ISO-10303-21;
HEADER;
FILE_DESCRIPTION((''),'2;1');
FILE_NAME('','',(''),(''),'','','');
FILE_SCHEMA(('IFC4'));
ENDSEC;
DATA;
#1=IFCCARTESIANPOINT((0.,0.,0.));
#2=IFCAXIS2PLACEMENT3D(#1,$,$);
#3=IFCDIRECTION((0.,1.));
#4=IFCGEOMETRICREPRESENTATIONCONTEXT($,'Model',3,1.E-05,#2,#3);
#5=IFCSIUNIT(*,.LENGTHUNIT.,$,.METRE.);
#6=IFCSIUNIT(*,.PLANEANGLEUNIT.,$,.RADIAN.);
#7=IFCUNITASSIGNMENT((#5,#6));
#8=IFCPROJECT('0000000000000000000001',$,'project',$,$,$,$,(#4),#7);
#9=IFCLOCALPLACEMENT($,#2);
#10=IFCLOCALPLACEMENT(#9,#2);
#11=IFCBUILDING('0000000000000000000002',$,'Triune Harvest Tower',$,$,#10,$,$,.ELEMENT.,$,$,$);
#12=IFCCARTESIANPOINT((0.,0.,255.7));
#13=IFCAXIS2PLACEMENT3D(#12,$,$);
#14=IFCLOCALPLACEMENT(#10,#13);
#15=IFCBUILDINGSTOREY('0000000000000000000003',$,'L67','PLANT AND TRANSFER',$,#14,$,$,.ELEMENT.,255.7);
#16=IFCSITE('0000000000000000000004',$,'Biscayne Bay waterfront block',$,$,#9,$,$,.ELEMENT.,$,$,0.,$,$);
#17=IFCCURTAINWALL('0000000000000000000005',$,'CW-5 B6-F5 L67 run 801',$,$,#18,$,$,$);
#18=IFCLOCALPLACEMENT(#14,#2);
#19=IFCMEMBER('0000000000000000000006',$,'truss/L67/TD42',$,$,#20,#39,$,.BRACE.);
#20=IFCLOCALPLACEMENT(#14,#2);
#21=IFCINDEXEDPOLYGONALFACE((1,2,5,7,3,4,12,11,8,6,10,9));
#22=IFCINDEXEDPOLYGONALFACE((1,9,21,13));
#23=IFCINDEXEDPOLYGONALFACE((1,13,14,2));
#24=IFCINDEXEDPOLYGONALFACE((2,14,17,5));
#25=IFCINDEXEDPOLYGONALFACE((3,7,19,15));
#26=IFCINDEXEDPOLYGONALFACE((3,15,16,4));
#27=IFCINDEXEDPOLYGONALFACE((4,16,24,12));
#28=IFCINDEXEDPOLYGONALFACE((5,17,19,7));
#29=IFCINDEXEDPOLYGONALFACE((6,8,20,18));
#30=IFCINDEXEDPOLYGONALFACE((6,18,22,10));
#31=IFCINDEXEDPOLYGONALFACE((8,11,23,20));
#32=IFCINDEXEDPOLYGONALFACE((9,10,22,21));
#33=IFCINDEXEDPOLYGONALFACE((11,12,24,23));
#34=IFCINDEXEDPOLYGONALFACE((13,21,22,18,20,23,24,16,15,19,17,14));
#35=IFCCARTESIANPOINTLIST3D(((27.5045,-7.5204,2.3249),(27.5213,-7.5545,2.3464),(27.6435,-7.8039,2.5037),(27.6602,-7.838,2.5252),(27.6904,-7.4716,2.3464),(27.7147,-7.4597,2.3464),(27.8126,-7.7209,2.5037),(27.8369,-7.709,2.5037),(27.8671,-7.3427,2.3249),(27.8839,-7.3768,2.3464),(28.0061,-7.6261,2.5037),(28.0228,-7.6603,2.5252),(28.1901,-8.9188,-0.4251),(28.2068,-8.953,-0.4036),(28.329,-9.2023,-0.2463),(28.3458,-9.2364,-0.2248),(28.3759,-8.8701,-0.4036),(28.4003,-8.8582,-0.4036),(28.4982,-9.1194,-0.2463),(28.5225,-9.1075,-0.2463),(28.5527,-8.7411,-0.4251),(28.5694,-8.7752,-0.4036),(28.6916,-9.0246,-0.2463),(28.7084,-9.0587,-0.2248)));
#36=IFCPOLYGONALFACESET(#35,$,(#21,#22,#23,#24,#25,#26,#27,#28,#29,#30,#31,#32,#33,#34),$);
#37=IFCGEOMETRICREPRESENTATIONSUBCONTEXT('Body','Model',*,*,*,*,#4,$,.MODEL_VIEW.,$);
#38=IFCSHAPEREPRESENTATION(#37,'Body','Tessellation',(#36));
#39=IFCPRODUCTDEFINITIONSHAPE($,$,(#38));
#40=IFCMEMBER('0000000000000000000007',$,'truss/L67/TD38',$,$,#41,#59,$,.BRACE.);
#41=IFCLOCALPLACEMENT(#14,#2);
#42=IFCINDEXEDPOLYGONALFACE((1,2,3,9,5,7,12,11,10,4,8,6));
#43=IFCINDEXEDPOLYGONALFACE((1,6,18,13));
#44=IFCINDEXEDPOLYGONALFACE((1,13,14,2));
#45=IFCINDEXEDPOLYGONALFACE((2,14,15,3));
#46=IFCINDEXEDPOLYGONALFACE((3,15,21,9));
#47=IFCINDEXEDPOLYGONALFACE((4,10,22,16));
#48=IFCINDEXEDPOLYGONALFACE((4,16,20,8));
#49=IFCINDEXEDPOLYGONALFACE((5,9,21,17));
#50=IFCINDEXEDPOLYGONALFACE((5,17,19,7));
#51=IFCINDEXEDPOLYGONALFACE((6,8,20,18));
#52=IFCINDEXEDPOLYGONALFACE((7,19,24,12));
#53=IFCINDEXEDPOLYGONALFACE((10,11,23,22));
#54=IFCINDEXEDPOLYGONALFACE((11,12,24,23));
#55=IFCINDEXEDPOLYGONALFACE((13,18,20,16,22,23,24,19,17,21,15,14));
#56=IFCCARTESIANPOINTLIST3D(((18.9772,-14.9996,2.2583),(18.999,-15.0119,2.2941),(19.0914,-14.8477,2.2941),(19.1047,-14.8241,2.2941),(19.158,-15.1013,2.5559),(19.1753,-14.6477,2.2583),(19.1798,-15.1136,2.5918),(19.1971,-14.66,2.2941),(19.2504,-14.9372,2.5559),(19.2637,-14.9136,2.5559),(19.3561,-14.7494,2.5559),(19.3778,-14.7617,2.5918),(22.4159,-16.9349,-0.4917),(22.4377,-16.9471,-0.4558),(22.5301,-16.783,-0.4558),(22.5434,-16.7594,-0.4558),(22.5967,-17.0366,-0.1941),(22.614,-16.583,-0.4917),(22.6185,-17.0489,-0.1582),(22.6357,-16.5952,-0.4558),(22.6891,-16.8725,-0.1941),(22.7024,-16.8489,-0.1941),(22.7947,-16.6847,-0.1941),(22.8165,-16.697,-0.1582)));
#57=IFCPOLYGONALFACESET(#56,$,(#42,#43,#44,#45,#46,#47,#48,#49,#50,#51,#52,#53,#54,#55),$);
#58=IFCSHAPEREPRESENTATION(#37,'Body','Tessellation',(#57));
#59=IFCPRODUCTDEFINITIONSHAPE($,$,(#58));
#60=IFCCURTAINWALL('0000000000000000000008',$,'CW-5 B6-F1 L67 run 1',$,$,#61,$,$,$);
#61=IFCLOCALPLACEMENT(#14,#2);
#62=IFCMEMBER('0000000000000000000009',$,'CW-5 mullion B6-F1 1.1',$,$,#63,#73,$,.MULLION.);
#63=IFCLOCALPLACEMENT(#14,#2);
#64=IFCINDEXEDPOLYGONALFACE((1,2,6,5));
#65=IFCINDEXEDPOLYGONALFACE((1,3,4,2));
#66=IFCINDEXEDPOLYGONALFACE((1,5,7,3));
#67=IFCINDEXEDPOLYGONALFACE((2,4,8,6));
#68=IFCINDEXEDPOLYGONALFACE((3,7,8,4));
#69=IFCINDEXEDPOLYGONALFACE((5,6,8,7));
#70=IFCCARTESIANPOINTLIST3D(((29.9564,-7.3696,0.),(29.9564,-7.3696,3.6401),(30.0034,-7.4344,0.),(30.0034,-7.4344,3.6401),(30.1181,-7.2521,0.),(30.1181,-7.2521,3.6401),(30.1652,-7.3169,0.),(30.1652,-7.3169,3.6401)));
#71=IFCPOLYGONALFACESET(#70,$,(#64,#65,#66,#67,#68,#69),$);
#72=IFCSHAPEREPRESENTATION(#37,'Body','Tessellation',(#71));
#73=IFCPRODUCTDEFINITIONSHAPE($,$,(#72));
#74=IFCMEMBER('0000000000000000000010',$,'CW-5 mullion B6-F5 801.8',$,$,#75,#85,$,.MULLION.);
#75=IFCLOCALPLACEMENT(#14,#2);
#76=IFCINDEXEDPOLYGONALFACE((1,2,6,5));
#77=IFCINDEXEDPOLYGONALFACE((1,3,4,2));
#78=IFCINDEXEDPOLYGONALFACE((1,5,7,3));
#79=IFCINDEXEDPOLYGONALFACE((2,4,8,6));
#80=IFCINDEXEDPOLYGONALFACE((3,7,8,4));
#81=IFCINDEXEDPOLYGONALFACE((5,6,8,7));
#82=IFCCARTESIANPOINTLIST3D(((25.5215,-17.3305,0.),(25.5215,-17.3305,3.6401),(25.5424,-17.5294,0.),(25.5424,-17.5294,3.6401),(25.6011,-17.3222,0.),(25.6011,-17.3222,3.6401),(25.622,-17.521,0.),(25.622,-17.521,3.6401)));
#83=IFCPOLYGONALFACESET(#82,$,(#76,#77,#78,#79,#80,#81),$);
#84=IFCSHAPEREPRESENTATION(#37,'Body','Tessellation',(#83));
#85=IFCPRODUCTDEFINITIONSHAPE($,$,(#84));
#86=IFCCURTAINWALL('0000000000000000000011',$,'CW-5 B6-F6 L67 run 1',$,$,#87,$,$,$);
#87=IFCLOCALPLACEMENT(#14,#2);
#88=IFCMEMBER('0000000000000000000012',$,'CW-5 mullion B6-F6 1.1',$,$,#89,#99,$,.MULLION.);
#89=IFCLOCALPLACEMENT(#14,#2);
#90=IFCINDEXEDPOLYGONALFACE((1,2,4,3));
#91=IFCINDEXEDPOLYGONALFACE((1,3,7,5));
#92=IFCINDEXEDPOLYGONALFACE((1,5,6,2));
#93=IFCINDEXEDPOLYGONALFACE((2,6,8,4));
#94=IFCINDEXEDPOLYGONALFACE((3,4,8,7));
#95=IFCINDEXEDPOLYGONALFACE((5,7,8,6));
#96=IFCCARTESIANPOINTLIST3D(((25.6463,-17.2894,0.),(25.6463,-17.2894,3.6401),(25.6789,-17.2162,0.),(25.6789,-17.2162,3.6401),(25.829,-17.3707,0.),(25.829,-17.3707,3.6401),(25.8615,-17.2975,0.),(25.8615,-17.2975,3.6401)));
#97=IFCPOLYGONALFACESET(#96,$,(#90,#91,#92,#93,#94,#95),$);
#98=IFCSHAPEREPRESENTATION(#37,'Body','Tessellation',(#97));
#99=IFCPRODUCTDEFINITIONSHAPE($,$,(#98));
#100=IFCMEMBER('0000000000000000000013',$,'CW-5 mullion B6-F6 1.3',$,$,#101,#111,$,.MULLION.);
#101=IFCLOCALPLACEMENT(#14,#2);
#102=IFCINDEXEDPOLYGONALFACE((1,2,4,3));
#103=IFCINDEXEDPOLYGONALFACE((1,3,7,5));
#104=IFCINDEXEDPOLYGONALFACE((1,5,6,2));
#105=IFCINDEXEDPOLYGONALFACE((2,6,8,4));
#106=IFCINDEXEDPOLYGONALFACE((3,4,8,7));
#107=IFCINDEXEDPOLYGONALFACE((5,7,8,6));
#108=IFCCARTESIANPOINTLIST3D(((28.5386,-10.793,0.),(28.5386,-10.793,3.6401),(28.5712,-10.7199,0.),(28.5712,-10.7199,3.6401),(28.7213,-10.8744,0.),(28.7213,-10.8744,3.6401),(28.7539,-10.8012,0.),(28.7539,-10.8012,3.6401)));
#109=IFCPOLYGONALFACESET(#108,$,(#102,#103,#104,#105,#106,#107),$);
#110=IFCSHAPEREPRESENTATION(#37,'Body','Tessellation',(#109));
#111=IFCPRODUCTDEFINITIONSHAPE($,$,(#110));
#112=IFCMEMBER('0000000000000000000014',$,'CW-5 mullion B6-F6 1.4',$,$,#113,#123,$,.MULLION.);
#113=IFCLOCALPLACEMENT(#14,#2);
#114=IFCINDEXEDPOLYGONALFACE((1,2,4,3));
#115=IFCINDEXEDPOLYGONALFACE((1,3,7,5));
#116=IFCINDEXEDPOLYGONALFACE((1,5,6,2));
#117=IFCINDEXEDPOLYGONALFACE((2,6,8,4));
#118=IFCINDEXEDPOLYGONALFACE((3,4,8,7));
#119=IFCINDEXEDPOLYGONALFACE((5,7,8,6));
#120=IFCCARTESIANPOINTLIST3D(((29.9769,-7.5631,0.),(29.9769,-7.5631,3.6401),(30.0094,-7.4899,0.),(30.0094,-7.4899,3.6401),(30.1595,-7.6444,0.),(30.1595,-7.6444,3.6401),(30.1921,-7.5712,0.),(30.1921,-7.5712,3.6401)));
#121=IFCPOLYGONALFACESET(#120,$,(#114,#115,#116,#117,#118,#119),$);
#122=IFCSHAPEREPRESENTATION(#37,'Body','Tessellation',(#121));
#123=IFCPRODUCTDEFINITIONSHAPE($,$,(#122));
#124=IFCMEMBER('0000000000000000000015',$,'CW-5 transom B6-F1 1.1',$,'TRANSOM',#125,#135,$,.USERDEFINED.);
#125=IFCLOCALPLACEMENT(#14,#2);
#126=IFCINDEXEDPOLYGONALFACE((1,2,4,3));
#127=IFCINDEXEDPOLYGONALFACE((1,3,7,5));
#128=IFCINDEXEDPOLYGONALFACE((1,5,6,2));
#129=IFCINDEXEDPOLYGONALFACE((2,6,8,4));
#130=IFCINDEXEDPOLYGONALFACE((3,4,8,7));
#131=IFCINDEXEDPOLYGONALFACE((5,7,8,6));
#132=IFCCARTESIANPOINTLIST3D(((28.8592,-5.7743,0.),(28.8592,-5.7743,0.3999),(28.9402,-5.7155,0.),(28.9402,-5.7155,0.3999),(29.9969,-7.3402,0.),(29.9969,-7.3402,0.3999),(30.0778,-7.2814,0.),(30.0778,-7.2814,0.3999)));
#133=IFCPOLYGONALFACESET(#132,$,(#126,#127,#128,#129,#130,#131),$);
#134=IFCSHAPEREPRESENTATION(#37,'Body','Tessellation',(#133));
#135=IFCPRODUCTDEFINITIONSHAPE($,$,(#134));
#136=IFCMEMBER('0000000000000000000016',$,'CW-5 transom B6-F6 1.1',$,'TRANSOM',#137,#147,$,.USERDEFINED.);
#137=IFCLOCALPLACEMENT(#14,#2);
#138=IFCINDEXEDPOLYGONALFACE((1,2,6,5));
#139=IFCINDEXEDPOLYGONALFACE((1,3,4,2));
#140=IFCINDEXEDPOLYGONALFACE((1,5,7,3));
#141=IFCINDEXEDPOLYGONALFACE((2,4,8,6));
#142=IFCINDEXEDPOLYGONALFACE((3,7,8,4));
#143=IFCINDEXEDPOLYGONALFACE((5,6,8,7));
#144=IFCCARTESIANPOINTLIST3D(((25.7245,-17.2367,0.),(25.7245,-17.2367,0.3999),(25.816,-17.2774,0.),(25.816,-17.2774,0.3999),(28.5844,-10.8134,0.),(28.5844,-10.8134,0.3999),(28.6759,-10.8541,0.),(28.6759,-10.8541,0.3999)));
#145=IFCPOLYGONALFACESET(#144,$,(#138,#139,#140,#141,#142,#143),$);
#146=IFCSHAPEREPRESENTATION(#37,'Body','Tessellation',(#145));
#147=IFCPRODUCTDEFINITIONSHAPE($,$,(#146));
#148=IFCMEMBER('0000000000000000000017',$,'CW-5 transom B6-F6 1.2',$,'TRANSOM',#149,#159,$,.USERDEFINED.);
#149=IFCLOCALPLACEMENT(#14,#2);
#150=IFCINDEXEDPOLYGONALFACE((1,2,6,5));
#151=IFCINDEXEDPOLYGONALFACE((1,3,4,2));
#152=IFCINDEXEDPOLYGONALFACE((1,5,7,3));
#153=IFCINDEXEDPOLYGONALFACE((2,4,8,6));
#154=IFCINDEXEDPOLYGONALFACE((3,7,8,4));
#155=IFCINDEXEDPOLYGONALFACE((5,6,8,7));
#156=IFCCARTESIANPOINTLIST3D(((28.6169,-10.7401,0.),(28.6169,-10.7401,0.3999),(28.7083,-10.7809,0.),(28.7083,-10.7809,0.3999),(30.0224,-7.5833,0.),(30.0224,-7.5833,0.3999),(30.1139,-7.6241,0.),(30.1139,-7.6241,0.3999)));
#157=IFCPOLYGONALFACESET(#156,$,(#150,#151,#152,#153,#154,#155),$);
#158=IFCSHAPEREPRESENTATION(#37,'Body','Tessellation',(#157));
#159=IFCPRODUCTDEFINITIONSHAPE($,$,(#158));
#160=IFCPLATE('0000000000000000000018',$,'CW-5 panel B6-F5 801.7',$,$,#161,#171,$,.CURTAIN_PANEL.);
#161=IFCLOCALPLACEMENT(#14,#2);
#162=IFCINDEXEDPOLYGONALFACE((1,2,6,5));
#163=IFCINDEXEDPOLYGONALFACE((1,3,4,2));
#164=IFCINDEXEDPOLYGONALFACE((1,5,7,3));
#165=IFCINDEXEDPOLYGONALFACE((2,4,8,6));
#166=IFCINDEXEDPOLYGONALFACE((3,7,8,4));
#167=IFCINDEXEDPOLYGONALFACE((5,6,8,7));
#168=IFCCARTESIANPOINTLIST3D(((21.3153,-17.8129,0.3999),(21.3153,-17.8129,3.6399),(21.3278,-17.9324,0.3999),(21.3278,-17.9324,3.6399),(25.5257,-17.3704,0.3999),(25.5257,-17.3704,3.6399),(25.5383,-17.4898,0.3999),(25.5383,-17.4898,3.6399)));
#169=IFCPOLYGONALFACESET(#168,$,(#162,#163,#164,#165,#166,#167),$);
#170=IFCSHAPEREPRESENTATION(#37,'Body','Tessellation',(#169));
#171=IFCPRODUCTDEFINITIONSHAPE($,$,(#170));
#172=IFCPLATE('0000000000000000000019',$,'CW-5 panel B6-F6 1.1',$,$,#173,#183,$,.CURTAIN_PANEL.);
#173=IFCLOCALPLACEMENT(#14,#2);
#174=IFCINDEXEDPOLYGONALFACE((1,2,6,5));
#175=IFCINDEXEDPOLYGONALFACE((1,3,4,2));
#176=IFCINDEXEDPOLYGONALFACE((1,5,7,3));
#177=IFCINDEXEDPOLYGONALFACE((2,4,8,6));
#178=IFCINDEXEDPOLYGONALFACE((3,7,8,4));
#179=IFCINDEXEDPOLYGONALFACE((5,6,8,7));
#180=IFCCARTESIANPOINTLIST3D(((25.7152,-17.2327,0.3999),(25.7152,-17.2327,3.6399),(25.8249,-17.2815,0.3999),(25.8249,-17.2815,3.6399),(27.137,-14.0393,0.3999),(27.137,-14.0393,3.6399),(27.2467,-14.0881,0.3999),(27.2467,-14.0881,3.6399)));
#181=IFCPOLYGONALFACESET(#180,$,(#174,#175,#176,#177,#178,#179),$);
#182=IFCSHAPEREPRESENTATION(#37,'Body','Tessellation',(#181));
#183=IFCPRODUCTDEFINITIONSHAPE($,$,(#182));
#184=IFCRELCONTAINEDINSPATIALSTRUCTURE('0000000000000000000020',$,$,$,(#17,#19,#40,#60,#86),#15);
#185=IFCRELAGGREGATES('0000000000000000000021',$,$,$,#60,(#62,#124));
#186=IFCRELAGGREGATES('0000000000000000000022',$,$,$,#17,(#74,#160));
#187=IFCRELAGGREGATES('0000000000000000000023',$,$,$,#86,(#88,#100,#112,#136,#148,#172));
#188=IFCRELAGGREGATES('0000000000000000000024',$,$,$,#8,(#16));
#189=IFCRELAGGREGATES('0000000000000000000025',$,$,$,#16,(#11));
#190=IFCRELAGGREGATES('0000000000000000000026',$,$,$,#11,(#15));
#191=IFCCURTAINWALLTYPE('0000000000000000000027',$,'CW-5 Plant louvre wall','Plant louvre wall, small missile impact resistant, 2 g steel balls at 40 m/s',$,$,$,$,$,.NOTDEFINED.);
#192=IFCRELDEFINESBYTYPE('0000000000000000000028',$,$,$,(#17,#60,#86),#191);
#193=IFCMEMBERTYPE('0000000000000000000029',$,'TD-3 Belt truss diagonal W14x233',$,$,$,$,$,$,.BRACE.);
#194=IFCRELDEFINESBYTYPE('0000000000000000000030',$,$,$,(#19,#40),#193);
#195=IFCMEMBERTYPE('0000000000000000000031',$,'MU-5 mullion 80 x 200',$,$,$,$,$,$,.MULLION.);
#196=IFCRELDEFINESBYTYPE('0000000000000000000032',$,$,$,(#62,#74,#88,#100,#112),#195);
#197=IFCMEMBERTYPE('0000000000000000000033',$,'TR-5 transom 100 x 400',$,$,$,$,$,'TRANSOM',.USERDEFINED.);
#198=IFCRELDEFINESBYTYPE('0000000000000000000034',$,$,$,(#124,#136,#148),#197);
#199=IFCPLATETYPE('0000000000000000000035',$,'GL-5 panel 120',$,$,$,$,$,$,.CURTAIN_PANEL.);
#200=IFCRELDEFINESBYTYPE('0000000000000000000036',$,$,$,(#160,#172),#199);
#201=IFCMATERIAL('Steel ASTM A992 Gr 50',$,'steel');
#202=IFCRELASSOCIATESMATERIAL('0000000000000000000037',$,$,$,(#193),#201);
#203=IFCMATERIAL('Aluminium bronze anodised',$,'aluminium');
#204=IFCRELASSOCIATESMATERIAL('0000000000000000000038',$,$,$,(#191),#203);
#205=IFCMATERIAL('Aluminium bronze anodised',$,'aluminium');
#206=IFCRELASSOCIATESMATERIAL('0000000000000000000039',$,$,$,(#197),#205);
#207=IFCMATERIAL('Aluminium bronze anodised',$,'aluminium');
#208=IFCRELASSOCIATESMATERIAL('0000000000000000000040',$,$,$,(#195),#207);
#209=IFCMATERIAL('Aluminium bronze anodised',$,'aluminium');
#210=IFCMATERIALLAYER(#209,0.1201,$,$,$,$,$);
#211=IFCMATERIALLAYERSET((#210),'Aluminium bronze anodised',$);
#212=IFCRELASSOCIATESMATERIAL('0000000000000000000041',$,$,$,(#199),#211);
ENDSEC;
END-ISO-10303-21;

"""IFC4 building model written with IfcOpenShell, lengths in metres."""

from ifc_helpers import new_model, si_unit, direction, frame, origin, origin_2d, place, context, subcontext, project, spatial, rectangle, i_section, extrude, source, transform, mapped, material, layer, layer_set, material_profile, profile_set, type_object, element, aggregate, save


model = new_model("IFC4")

# Units and contexts
model_context = context("Model", 3, precision=1e-05, world=origin(), true_north=direction((0.0, 1.0)))
body_context = subcontext(model_context, "Body", "Model", "MODEL_VIEW")
ifc_project = project(units=[si_unit("LENGTHUNIT", "METRE"), si_unit("PLANEANGLEUNIT", "RADIAN")], contexts=[model_context])

# Site, building, storey
site_placement = place(None, origin())
site = spatial("IfcSite", under=ifc_project, at=site_placement, Name="Biscayne Bay waterfront block", CompositionType="ELEMENT", RefElevation=0.0)
building_placement = place(site_placement, origin())
building = spatial("IfcBuilding", under=site, at=building_placement, Name="Triune Harvest Tower", CompositionType="ELEMENT")
storey_placement = place(building_placement, frame((0.0, 0.0, 255.7)))
storey = spatial("IfcBuildingStorey", under=building, at=storey_placement, Name="L67", Description="PLANT AND TRANSFER", CompositionType="ELEMENT", Elevation=255.7)

# Shared definitions
ifc_material_1 = material(Name="Steel ASTM A992 Gr 50", Category="steel")
ifc_material_profile_1 = material_profile(ifc_material_1, i_section(OverallWidth=0.4038, OverallDepth=0.4065, WebThickness=0.0271, FlangeThickness=0.0437, at=origin_2d()), Name="W14x233")
ifc_profile_set_1 = profile_set([ifc_material_profile_1], Name="Steel ASTM A992 Gr 50")
member_type_1 = type_object("IfcMemberType", Name="TD-3 Belt truss diagonal W14x233", PredefinedType="BRACE", material=ifc_profile_set_1)

# Curtain wall
ifc_material_2 = material(Name="Aluminium bronze anodised", Category="aluminium")
curtain_wall_type = type_object("IfcCurtainWallType", Name="CW-5 Plant louvre wall", Description="Plant louvre wall, small missile impact resistant, 2 g steel balls at 40 m/s", PredefinedType="NOTDEFINED", material=ifc_material_2)
curtain_wall_1_placement = place(storey_placement, origin())
curtain_wall_1 = element("IfcCurtainWall", 1, at=curtain_wall_1_placement, inside=storey, type_object=curtain_wall_type, Name="CW-5 B6-F5 L67 run 801")
ifc_material_3 = material(Name="Aluminium bronze anodised", Category="aluminium")
ifc_material_profile_2 = material_profile(ifc_material_3, rectangle(XDim=0.1001, YDim=0.3999, at=origin_2d()), Name="TR-5 transom 100 x 400")
ifc_profile_set_2 = profile_set([ifc_material_profile_2], Name="Aluminium bronze anodised")
member_type_2 = type_object("IfcMemberType", Name="TR-5 transom 100 x 400", ElementType="TRANSOM", PredefinedType="USERDEFINED", material=ifc_profile_set_2)

# Members
shared_shape_1 = source(origin(), body_context, "Body", "SweptSolid", [
    extrude(i_section(OverallWidth=0.4038, OverallDepth=0.4065, WebThickness=0.0271, FlangeThickness=0.0437, at=origin_2d()), origin(), (0.0, 0.0, 1.0), 3.1604),
])
member_1_placement = place(storey_placement, frame((28.4492, -8.9888, -0.325), z_axis=(-0.216918, 0.442488, 0.870144), x_axis=(-0.897911, -0.440177, 0.0)))
element("IfcMember", 2, at=member_1_placement, inside=storey, type_object=member_type_1, Name="truss/L67/TD42", PredefinedType="BRACE", context=body_context, shape_type="MappedRepresentation", body=[
    mapped(shared_shape_1, transform((0.0, 0.0, 0.0), scale=1.0)),
])
shared_shape_2 = source(origin(), body_context, "Body", "SweptSolid", [
    extrude(i_section(OverallWidth=0.4038, OverallDepth=0.4065, WebThickness=0.0271, FlangeThickness=0.0437, at=origin_2d()), origin(), (0.0, 0.0, 1.0), 4.8096),
])
member_2_placement = place(storey_placement, frame((22.6162, -16.8159, -0.325), z_axis=(-0.714963, 0.402379, 0.571768), x_axis=(-0.490458, -0.871465, 0.0)))
element("IfcMember", 3, at=member_2_placement, inside=storey, type_object=member_type_1, Name="truss/L67/TD38", PredefinedType="BRACE", context=body_context, shape_type="MappedRepresentation", body=[
    mapped(shared_shape_2, transform((0.0, 0.0, 0.0), scale=1.0)),
])

# Curtain wall, member
curtain_wall_2_placement = place(storey_placement, origin())
curtain_wall_2 = element("IfcCurtainWall", 4, at=curtain_wall_2_placement, inside=storey, type_object=curtain_wall_type, Name="CW-5 B6-F1 L67 run 1")
ifc_material_4 = material(Name="Aluminium bronze anodised", Category="aluminium")
ifc_material_profile_3 = material_profile(ifc_material_4, rectangle(XDim=0.2, YDim=0.0801, at=origin_2d()), Name="MU-5 mullion 80 x 200")
ifc_profile_set_3 = profile_set([ifc_material_profile_3], Name="Aluminium bronze anodised")
member_type_3 = type_object("IfcMemberType", Name="MU-5 mullion 80 x 200", PredefinedType="MULLION", material=ifc_profile_set_3)
shared_shape_3 = source(origin(), body_context, "Body", "SweptSolid", [
    extrude(rectangle(XDim=0.2, YDim=0.0801, at=origin_2d()), origin(), (0.0, 0.0, 1.0), 3.6401),
])
member_3_placement = place(storey_placement, frame((30.0608, -7.3433, 0.0), z_axis=(0.0, 0.0, 1.0), x_axis=(-0.809029, -0.587769, 0.0)))
member_3 = element("IfcMember", 5, at=member_3_placement, type_object=member_type_3, Name="CW-5 mullion B6-F1 1.1", PredefinedType="MULLION", context=body_context, shape_type="MappedRepresentation", body=[
    mapped(shared_shape_3, transform((0.0, 0.0, 0.0), scale=1.0)),
])

# Member
member_4_placement = place(storey_placement, frame((25.5718, -17.4258, 0.0), z_axis=(0.0, 0.0, 1.0), x_axis=(-0.10453, 0.994522, 0.0)))
member_4 = element("IfcMember", 6, at=member_4_placement, type_object=member_type_3, Name="CW-5 mullion B6-F5 801.8", PredefinedType="MULLION", context=body_context, shape_type="MappedRepresentation", body=[
    mapped(shared_shape_3, transform((0.0, 0.0, 0.0), scale=1.0)),
])

# Curtain wall, members
curtain_wall_3_placement = place(storey_placement, origin())
curtain_wall_3 = element("IfcCurtainWall", 7, at=curtain_wall_3_placement, inside=storey, type_object=curtain_wall_type, Name="CW-5 B6-F6 L67 run 1")
member_5_placement = place(storey_placement, frame((25.7539, -17.2935, 0.0), z_axis=(0.0, 0.0, 1.0), x_axis=(-0.913543, 0.406743, 0.0)))
member_5 = element("IfcMember", 8, at=member_5_placement, type_object=member_type_3, Name="CW-5 mullion B6-F6 1.1", PredefinedType="MULLION", context=body_context, shape_type="MappedRepresentation", body=[
    mapped(shared_shape_3, transform((0.0, 0.0, 0.0), scale=1.0)),
])
member_6_placement = place(storey_placement, frame((28.6462, -10.7971, 0.0), z_axis=(0.0, 0.0, 1.0), x_axis=(-0.913543, 0.406743, 0.0)))
member_6 = element("IfcMember", 9, at=member_6_placement, type_object=member_type_3, Name="CW-5 mullion B6-F6 1.3", PredefinedType="MULLION", context=body_context, shape_type="MappedRepresentation", body=[
    mapped(shared_shape_3, transform((0.0, 0.0, 0.0), scale=1.0)),
])
member_7_placement = place(storey_placement, frame((30.0845, -7.5671, 0.0), z_axis=(0.0, 0.0, 1.0), x_axis=(-0.913543, 0.406743, 0.0)))
member_7 = element("IfcMember", 10, at=member_7_placement, type_object=member_type_3, Name="CW-5 mullion B6-F6 1.4", PredefinedType="MULLION", context=body_context, shape_type="MappedRepresentation", body=[
    mapped(shared_shape_3, transform((0.0, 0.0, 0.0), scale=1.0)),
])

# Members
shared_shape_4 = source(origin(), body_context, "Body", "SweptSolid", [
    extrude(rectangle(XDim=0.1001, YDim=0.3999, at=origin_2d()), origin(), (0.0, 0.0, 1.0), 1.9355),
])
member_8_placement = place(storey_placement, frame((30.0374, -7.3108, 0.2), z_axis=(-0.587782, 0.80902, 0.0), x_axis=(-0.80902, -0.587782, 0.0)))
member_8 = element("IfcMember", 11, at=member_8_placement, type_object=member_type_2, Name="CW-5 transom B6-F1 1.1", ObjectType="TRANSOM", PredefinedType="USERDEFINED", context=body_context, shape_type="MappedRepresentation", body=[
    mapped(shared_shape_4, transform((0.0, 0.0, 0.0), scale=1.0)),
])
aggregate(curtain_wall_2, [member_3, member_8])
shared_shape_5 = source(origin(), body_context, "Body", "SweptSolid", [
    extrude(rectangle(XDim=0.1001, YDim=0.3999, at=origin_2d()), origin(), (0.0, 0.0, 1.0), 7.0312),
])
member_9_placement = place(storey_placement, frame((25.7703, -17.2571, 0.2), z_axis=(0.406738, 0.913545, 0.0), x_axis=(-0.913545, 0.406738, 0.0)))
member_9 = element("IfcMember", 12, at=member_9_placement, type_object=member_type_2, Name="CW-5 transom B6-F6 1.1", ObjectType="TRANSOM", PredefinedType="USERDEFINED", context=body_context, shape_type="MappedRepresentation", body=[
    mapped(shared_shape_5, transform((0.0, 0.0, 0.0), scale=1.0)),
])
shared_shape_6 = source(origin(), body_context, "Body", "SweptSolid", [
    extrude(rectangle(XDim=0.1001, YDim=0.3999, at=origin_2d()), origin(), (0.0, 0.0, 1.0), 3.4556),
])
member_10_placement = place(storey_placement, frame((28.6626, -10.7605, 0.2), z_axis=(0.406748, 0.91354, 0.0), x_axis=(-0.91354, 0.406748, 0.0)))
member_10 = element("IfcMember", 13, at=member_10_placement, type_object=member_type_2, Name="CW-5 transom B6-F6 1.2", ObjectType="TRANSOM", PredefinedType="USERDEFINED", context=body_context, shape_type="MappedRepresentation", body=[
    mapped(shared_shape_6, transform((0.0, 0.0, 0.0), scale=1.0)),
])

# Plates
ifc_material_5 = material(Name="Aluminium bronze anodised", Category="aluminium")
ifc_layer_1 = layer(ifc_material_5, 0.1201)
ifc_layer_set_1 = layer_set([ifc_layer_1], Name="Aluminium bronze anodised")
plate_type = type_object("IfcPlateType", Name="GL-5 panel 120", PredefinedType="CURTAIN_PANEL", material=ifc_layer_set_1)
plate_1_placement = place(storey_placement, frame((23.4268, -17.6514, 0.3999), z_axis=(0.0, 0.0, 1.0), x_axis=(0.994522, 0.10453, 0.0)))
plate_1 = element("IfcPlate", 14, at=plate_1_placement, type_object=plate_type, Name="CW-5 panel B6-F5 801.7", PredefinedType="CURTAIN_PANEL", context=body_context, shape_type="SweptSolid", body=[
    extrude(rectangle(XDim=4.2336, YDim=0.1201, at=origin_2d()), origin(), (0.0, 0.0, 1.0), 3.24),
])
aggregate(curtain_wall_1, [member_4, plate_1])
shared_shape_7 = source(origin(), body_context, "Body", "SweptSolid", [
    extrude(rectangle(XDim=3.4956, YDim=0.1201, at=origin_2d()), origin(), (0.0, 0.0, 1.0), 3.24),
])
plate_2_placement = place(storey_placement, frame((26.481, -15.6604, 0.3999), z_axis=(0.0, 0.0, 1.0), x_axis=(0.406743, 0.913543, 0.0)))
plate_2 = element("IfcPlate", 15, at=plate_2_placement, type_object=plate_type, Name="CW-5 panel B6-F6 1.1", PredefinedType="CURTAIN_PANEL", context=body_context, shape_type="MappedRepresentation", body=[
    mapped(shared_shape_7, transform((0.0, 0.0, 0.0), scale=1.0)),
])
aggregate(curtain_wall_3, [member_5, member_6, member_7, member_9, member_10, plate_2])

save(model, "model.ifc")
